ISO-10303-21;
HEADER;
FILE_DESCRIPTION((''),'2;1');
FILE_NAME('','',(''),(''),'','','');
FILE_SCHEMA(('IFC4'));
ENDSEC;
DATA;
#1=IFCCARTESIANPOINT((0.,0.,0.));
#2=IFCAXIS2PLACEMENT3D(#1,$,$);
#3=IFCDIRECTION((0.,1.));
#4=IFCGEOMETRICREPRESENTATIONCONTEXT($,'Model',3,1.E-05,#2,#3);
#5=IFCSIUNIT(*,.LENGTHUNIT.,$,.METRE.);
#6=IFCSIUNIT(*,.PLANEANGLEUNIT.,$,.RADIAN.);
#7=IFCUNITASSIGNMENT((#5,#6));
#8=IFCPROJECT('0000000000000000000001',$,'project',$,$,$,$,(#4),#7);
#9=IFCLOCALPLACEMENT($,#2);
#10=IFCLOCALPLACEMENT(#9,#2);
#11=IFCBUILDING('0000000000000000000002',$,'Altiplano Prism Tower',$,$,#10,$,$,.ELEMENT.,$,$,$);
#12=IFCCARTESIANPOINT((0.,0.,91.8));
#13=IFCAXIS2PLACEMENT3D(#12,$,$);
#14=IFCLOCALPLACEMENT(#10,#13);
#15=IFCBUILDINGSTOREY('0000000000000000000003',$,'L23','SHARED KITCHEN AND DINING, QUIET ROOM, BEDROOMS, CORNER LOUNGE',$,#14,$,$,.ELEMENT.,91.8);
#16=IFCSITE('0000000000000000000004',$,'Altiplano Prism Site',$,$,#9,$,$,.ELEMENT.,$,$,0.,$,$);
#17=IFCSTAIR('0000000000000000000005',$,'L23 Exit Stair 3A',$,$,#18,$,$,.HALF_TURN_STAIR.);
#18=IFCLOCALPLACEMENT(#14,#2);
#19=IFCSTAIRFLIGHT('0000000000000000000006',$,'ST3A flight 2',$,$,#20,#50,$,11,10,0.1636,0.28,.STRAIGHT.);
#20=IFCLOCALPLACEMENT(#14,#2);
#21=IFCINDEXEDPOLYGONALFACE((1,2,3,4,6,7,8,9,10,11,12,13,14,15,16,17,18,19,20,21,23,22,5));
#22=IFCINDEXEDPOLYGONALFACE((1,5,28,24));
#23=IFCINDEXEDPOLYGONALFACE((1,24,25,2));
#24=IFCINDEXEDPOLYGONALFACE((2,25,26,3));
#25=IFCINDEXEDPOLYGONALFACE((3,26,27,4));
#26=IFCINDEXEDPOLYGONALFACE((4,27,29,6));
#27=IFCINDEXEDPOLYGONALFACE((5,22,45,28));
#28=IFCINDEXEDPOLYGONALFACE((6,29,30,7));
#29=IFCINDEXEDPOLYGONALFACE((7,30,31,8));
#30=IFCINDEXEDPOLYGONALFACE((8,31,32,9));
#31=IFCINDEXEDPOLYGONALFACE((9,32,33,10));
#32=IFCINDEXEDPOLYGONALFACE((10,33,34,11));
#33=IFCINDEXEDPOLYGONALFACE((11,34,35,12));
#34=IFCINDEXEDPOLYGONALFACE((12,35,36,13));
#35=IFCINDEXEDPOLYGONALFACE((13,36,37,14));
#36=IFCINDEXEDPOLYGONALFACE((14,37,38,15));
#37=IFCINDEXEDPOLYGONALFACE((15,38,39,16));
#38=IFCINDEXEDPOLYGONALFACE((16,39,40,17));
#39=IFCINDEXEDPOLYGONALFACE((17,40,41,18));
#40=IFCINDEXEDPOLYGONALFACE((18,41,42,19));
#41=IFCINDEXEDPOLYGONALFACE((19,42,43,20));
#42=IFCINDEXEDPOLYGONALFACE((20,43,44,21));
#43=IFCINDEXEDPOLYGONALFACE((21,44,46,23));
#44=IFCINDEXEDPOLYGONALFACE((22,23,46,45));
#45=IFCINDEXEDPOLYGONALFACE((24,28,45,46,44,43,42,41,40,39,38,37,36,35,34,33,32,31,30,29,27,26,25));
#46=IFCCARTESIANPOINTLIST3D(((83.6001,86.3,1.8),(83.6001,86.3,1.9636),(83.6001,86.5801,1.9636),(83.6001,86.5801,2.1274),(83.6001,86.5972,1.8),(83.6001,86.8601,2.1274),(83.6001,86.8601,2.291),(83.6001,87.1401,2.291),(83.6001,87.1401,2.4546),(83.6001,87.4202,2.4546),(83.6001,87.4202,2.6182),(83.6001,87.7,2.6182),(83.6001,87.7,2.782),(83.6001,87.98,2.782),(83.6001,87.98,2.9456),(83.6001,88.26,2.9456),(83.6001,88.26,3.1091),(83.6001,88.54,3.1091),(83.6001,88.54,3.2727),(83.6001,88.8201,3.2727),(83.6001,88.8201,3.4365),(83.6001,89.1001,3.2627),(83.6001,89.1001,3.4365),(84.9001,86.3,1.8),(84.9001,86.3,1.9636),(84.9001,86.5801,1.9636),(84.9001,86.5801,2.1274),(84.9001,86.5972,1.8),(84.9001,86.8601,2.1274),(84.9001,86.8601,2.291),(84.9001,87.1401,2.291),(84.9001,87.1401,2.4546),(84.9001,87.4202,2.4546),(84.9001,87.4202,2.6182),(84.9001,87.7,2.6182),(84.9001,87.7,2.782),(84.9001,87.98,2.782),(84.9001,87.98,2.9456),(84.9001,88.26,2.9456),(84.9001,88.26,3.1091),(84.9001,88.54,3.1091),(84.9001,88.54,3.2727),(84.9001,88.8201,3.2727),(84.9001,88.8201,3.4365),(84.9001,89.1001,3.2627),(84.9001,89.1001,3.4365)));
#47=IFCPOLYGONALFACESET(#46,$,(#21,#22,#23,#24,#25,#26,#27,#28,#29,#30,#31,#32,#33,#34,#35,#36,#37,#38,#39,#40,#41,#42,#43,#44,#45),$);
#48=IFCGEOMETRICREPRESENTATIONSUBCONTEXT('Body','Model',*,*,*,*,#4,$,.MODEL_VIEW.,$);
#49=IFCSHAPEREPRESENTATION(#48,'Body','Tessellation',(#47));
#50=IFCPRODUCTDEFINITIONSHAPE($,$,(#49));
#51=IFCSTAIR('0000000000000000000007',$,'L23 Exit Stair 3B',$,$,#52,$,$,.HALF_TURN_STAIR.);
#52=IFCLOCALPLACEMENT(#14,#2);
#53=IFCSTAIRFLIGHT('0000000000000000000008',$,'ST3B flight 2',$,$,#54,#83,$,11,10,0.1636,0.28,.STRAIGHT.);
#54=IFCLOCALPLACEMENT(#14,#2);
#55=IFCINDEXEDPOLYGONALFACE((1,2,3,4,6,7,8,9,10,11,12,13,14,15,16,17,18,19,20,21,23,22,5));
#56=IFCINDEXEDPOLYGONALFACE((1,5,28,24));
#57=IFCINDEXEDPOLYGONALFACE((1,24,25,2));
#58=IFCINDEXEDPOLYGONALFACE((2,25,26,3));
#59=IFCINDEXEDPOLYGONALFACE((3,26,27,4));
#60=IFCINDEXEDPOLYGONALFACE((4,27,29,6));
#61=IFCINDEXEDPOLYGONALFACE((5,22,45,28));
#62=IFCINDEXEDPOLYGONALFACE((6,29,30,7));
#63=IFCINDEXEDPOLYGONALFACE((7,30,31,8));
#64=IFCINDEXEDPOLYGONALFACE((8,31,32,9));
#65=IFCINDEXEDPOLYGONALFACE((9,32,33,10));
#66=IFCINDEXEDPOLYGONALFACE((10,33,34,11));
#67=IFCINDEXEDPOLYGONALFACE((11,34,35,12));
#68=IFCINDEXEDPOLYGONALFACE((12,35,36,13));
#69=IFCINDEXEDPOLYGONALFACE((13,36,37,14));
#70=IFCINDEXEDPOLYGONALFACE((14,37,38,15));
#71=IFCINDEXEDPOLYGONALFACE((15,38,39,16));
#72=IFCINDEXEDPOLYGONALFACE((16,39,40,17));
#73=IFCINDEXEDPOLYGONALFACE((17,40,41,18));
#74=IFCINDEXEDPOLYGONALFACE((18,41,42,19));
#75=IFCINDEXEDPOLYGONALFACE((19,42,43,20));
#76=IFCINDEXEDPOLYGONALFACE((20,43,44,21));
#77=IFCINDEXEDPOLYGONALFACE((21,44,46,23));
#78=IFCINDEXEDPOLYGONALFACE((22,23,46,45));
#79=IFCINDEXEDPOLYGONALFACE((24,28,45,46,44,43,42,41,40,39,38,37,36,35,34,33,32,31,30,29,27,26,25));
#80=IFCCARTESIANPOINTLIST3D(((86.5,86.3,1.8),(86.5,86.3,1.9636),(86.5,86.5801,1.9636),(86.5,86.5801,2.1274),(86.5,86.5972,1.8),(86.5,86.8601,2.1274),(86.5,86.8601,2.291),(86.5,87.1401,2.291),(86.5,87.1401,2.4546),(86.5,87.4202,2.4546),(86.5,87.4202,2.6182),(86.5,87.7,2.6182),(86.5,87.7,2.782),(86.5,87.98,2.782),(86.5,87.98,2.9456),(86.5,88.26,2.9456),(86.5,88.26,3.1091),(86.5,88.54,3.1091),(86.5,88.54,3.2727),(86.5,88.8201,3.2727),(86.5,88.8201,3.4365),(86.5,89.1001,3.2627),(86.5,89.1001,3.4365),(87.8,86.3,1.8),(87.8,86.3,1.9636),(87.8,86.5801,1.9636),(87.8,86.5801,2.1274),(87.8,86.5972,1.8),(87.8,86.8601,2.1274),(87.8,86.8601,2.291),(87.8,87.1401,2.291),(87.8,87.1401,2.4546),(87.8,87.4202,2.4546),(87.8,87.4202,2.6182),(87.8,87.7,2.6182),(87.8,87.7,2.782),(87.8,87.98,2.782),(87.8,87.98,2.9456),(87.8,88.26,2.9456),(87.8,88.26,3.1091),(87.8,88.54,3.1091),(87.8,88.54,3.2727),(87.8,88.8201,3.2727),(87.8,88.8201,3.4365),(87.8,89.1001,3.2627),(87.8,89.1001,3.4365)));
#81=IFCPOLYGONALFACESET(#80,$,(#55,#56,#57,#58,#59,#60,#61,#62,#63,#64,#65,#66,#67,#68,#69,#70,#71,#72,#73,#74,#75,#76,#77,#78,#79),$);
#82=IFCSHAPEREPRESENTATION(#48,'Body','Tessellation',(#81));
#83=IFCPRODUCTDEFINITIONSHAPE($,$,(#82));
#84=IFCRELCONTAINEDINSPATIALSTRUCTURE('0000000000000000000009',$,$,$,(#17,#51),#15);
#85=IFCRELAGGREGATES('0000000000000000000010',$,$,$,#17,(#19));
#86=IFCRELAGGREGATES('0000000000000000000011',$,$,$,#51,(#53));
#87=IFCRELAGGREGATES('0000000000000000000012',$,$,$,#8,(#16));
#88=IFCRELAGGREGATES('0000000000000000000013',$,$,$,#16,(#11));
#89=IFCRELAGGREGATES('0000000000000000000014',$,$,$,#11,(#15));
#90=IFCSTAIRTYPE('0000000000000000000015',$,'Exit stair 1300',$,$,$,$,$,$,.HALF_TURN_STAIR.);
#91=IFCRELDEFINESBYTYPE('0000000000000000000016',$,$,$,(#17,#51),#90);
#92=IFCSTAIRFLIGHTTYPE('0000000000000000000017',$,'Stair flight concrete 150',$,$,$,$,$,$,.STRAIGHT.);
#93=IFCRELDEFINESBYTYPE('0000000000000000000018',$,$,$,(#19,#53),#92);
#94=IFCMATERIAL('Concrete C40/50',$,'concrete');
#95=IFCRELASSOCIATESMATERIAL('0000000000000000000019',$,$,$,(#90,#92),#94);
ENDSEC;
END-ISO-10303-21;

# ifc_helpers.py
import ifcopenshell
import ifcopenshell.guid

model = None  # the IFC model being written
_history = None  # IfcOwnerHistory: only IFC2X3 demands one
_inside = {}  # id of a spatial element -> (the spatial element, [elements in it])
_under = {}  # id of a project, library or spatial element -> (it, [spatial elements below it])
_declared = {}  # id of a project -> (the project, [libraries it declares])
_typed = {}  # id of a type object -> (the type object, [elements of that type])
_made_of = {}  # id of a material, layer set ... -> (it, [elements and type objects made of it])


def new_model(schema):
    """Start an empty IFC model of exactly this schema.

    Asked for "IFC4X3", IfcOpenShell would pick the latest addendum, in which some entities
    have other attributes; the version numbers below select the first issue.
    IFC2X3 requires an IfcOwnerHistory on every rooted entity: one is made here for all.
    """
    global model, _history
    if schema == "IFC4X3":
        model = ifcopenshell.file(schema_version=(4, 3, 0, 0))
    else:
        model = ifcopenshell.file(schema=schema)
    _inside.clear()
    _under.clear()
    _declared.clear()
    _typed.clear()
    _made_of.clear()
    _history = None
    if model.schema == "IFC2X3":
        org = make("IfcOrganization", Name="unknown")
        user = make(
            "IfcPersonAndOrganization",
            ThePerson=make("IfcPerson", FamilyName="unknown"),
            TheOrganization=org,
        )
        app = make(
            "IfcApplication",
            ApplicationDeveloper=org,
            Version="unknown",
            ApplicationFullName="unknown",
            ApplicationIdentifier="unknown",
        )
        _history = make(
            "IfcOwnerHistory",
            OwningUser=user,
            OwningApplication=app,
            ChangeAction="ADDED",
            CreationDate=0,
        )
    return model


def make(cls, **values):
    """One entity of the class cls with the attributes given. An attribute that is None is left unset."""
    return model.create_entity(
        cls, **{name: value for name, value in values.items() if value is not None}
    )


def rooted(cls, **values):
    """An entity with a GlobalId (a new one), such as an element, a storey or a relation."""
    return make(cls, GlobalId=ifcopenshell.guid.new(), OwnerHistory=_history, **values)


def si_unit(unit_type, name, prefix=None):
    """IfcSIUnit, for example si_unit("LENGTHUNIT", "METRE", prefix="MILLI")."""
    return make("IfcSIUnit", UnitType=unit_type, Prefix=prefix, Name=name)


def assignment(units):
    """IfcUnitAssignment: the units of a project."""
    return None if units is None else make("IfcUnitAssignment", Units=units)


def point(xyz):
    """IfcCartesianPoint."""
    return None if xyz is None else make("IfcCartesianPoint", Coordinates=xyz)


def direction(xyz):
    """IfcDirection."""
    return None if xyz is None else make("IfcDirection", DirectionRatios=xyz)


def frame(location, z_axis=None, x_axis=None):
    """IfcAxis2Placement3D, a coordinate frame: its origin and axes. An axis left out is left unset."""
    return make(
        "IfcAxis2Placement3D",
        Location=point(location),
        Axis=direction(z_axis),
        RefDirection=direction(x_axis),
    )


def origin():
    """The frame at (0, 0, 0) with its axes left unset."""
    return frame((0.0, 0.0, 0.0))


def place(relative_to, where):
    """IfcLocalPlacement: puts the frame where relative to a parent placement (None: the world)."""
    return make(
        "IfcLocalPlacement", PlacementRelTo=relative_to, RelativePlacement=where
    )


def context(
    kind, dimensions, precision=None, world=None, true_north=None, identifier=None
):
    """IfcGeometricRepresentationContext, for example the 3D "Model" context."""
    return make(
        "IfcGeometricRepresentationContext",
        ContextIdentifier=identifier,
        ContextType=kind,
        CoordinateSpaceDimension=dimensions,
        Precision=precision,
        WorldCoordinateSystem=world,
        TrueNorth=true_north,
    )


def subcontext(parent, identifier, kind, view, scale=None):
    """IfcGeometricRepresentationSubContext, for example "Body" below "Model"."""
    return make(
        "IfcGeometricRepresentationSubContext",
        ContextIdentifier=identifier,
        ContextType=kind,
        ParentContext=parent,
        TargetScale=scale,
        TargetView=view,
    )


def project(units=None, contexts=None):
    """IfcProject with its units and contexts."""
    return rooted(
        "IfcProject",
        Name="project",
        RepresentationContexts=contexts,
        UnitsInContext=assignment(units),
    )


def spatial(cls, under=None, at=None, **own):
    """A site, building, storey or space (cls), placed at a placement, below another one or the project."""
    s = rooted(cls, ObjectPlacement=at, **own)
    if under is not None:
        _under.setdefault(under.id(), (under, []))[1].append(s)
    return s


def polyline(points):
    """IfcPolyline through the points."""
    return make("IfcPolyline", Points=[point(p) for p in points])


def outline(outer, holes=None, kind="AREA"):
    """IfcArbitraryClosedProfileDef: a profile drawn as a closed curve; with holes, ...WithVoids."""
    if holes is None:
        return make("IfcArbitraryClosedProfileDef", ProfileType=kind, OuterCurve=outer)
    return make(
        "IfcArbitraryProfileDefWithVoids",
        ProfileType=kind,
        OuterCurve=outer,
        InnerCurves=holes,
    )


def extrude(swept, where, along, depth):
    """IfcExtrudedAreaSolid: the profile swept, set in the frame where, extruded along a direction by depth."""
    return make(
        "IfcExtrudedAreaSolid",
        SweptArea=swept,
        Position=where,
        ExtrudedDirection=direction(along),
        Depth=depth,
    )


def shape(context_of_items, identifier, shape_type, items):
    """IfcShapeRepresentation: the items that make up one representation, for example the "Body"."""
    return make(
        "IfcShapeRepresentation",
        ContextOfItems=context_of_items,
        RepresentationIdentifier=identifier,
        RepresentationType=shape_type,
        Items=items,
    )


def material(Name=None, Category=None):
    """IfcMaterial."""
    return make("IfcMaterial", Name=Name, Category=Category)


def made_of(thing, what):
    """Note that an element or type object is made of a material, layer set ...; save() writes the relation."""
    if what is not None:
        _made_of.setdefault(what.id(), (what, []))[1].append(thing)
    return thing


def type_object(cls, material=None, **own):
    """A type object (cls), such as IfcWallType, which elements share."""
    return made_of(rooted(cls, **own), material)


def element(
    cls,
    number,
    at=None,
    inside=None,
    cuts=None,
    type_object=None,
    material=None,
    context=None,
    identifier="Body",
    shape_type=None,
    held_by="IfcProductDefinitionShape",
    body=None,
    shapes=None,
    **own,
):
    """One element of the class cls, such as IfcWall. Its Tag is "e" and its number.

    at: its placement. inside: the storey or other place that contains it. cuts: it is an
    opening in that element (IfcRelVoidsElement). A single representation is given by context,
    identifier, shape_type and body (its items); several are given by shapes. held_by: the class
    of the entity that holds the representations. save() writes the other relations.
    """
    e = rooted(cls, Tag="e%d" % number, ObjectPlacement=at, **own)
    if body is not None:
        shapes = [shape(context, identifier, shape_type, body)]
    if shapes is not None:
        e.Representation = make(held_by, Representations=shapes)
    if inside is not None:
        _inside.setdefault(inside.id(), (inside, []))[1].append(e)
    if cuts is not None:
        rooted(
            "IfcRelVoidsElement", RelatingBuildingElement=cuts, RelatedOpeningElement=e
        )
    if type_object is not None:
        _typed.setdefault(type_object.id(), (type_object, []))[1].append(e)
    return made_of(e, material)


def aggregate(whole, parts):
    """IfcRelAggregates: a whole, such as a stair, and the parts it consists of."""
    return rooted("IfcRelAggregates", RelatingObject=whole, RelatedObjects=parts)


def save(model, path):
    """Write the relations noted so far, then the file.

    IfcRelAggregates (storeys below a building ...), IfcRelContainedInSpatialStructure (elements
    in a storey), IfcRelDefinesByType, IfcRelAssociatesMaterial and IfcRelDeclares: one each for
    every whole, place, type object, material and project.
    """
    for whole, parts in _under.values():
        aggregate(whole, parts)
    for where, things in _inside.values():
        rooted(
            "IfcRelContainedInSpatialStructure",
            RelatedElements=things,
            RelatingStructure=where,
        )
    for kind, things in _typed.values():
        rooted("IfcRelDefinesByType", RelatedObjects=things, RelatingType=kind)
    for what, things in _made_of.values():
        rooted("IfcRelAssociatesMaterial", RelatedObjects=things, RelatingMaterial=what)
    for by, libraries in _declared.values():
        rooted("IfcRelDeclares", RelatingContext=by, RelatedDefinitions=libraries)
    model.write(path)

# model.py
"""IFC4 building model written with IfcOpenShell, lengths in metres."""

from ifc_helpers import new_model, si_unit, direction, frame, origin, place, context, subcontext, project, spatial, polyline, outline, extrude, material, type_object, element, aggregate, save


model = new_model("IFC4")

# Units and contexts
model_context = context("Model", 3, precision=1e-05, world=origin(), true_north=direction((0.0, 1.0)))
body_context = subcontext(model_context, "Body", "Model", "MODEL_VIEW")
ifc_project = project(units=[si_unit("LENGTHUNIT", "METRE"), si_unit("PLANEANGLEUNIT", "RADIAN")], contexts=[model_context])

# Site, building, storey
site_placement = place(None, origin())
site = spatial("IfcSite", under=ifc_project, at=site_placement, Name="Altiplano Prism Site", CompositionType="ELEMENT", RefElevation=0.0)
building_placement = place(site_placement, origin())
building = spatial("IfcBuilding", under=site, at=building_placement, Name="Altiplano Prism Tower", CompositionType="ELEMENT")
storey_placement = place(building_placement, frame((0.0, 0.0, 91.8)))
storey = spatial("IfcBuildingStorey", under=building, at=storey_placement, Name="L23", Description="SHARED KITCHEN AND DINING, QUIET ROOM, BEDROOMS, CORNER LOUNGE", CompositionType="ELEMENT", Elevation=91.8)

# Stairs, stair flights
ifc_material_1 = material(Name="Concrete C40/50", Category="concrete")
stair_type = type_object("IfcStairType", Name="Exit stair 1300", PredefinedType="HALF_TURN_STAIR", material=ifc_material_1)
stair_1_placement = place(storey_placement, origin())
stair_1 = element("IfcStair", 1, at=stair_1_placement, inside=storey, type_object=stair_type, Name="L23 Exit Stair 3A", PredefinedType="HALF_TURN_STAIR")
stair_flight_type = type_object("IfcStairFlightType", Name="Stair flight concrete 150", PredefinedType="STRAIGHT", material=ifc_material_1)
stair_flight_1_placement = place(storey_placement, frame((84.25, 86.3, 1.8), z_axis=(0.0, 0.0, 1.0), x_axis=(0.0, 1.0, 0.0)))
stair_flight_1 = element("IfcStairFlight", 2, at=stair_flight_1_placement, type_object=stair_flight_type, Name="ST3A flight 2", NumberOfRisers=11, NumberOfTreads=10, PredefinedType="STRAIGHT", RiserHeight=0.1636, TreadLength=0.28, context=body_context, shape_type="SweptSolid", body=[
    extrude(outline(polyline([(0.0, 0.0), (0.0, 0.1636), (0.28, 0.1636), (0.28, 0.3274), (0.5601, 0.3274), (0.5601, 0.491), (0.8401, 0.491), (0.8401, 0.6545), (1.1201, 0.6545), (1.1201, 0.8181), (1.3999, 0.8181), (1.3999, 0.9819), (1.6799, 0.9819), (1.6799, 1.1455), (1.96, 1.1455), (1.96, 1.3091), (2.24, 1.3091), (2.24, 1.4727), (2.52, 1.4727), (2.52, 1.6365), (2.8, 1.6365), (2.8, 1.8), (2.8, 1.4626), (0.2971, 0.0), (0.0, 0.0)])), frame((0.0, 0.6499, 0.0), z_axis=(0.0, -1.0, 0.0), x_axis=(1.0, 0.0, 0.0)), (0.0, 0.0, 1.0), 1.3),
])
aggregate(stair_1, [stair_flight_1])
stair_2_placement = place(storey_placement, origin())
stair_2 = element("IfcStair", 3, at=stair_2_placement, inside=storey, type_object=stair_type, Name="L23 Exit Stair 3B", PredefinedType="HALF_TURN_STAIR")
stair_flight_2_placement = place(storey_placement, frame((87.1499, 86.3, 1.8), z_axis=(0.0, 0.0, 1.0), x_axis=(0.0, 1.0, 0.0)))
stair_flight_2 = element("IfcStairFlight", 4, at=stair_flight_2_placement, type_object=stair_flight_type, Name="ST3B flight 2", NumberOfRisers=11, NumberOfTreads=10, PredefinedType="STRAIGHT", RiserHeight=0.1636, TreadLength=0.28, context=body_context, shape_type="SweptSolid", body=[
    extrude(outline(polyline([(0.0, 0.0), (0.0, 0.1636), (0.28, 0.1636), (0.28, 0.3274), (0.5601, 0.3274), (0.5601, 0.491), (0.8401, 0.491), (0.8401, 0.6545), (1.1201, 0.6545), (1.1201, 0.8181), (1.3999, 0.8181), (1.3999, 0.9819), (1.6799, 0.9819), (1.6799, 1.1455), (1.96, 1.1455), (1.96, 1.3091), (2.24, 1.3091), (2.24, 1.4727), (2.52, 1.4727), (2.52, 1.6365), (2.8, 1.6365), (2.8, 1.8), (2.8, 1.4626), (0.2971, 0.0), (0.0, 0.0)])), frame((0.0, 0.6499, 0.0), z_axis=(0.0, -1.0, 0.0), x_axis=(1.0, 0.0, 0.0)), (0.0, 0.0, 1.0), 1.3),
])
aggregate(stair_2, [stair_flight_2])

save(model, "model.ifc")
